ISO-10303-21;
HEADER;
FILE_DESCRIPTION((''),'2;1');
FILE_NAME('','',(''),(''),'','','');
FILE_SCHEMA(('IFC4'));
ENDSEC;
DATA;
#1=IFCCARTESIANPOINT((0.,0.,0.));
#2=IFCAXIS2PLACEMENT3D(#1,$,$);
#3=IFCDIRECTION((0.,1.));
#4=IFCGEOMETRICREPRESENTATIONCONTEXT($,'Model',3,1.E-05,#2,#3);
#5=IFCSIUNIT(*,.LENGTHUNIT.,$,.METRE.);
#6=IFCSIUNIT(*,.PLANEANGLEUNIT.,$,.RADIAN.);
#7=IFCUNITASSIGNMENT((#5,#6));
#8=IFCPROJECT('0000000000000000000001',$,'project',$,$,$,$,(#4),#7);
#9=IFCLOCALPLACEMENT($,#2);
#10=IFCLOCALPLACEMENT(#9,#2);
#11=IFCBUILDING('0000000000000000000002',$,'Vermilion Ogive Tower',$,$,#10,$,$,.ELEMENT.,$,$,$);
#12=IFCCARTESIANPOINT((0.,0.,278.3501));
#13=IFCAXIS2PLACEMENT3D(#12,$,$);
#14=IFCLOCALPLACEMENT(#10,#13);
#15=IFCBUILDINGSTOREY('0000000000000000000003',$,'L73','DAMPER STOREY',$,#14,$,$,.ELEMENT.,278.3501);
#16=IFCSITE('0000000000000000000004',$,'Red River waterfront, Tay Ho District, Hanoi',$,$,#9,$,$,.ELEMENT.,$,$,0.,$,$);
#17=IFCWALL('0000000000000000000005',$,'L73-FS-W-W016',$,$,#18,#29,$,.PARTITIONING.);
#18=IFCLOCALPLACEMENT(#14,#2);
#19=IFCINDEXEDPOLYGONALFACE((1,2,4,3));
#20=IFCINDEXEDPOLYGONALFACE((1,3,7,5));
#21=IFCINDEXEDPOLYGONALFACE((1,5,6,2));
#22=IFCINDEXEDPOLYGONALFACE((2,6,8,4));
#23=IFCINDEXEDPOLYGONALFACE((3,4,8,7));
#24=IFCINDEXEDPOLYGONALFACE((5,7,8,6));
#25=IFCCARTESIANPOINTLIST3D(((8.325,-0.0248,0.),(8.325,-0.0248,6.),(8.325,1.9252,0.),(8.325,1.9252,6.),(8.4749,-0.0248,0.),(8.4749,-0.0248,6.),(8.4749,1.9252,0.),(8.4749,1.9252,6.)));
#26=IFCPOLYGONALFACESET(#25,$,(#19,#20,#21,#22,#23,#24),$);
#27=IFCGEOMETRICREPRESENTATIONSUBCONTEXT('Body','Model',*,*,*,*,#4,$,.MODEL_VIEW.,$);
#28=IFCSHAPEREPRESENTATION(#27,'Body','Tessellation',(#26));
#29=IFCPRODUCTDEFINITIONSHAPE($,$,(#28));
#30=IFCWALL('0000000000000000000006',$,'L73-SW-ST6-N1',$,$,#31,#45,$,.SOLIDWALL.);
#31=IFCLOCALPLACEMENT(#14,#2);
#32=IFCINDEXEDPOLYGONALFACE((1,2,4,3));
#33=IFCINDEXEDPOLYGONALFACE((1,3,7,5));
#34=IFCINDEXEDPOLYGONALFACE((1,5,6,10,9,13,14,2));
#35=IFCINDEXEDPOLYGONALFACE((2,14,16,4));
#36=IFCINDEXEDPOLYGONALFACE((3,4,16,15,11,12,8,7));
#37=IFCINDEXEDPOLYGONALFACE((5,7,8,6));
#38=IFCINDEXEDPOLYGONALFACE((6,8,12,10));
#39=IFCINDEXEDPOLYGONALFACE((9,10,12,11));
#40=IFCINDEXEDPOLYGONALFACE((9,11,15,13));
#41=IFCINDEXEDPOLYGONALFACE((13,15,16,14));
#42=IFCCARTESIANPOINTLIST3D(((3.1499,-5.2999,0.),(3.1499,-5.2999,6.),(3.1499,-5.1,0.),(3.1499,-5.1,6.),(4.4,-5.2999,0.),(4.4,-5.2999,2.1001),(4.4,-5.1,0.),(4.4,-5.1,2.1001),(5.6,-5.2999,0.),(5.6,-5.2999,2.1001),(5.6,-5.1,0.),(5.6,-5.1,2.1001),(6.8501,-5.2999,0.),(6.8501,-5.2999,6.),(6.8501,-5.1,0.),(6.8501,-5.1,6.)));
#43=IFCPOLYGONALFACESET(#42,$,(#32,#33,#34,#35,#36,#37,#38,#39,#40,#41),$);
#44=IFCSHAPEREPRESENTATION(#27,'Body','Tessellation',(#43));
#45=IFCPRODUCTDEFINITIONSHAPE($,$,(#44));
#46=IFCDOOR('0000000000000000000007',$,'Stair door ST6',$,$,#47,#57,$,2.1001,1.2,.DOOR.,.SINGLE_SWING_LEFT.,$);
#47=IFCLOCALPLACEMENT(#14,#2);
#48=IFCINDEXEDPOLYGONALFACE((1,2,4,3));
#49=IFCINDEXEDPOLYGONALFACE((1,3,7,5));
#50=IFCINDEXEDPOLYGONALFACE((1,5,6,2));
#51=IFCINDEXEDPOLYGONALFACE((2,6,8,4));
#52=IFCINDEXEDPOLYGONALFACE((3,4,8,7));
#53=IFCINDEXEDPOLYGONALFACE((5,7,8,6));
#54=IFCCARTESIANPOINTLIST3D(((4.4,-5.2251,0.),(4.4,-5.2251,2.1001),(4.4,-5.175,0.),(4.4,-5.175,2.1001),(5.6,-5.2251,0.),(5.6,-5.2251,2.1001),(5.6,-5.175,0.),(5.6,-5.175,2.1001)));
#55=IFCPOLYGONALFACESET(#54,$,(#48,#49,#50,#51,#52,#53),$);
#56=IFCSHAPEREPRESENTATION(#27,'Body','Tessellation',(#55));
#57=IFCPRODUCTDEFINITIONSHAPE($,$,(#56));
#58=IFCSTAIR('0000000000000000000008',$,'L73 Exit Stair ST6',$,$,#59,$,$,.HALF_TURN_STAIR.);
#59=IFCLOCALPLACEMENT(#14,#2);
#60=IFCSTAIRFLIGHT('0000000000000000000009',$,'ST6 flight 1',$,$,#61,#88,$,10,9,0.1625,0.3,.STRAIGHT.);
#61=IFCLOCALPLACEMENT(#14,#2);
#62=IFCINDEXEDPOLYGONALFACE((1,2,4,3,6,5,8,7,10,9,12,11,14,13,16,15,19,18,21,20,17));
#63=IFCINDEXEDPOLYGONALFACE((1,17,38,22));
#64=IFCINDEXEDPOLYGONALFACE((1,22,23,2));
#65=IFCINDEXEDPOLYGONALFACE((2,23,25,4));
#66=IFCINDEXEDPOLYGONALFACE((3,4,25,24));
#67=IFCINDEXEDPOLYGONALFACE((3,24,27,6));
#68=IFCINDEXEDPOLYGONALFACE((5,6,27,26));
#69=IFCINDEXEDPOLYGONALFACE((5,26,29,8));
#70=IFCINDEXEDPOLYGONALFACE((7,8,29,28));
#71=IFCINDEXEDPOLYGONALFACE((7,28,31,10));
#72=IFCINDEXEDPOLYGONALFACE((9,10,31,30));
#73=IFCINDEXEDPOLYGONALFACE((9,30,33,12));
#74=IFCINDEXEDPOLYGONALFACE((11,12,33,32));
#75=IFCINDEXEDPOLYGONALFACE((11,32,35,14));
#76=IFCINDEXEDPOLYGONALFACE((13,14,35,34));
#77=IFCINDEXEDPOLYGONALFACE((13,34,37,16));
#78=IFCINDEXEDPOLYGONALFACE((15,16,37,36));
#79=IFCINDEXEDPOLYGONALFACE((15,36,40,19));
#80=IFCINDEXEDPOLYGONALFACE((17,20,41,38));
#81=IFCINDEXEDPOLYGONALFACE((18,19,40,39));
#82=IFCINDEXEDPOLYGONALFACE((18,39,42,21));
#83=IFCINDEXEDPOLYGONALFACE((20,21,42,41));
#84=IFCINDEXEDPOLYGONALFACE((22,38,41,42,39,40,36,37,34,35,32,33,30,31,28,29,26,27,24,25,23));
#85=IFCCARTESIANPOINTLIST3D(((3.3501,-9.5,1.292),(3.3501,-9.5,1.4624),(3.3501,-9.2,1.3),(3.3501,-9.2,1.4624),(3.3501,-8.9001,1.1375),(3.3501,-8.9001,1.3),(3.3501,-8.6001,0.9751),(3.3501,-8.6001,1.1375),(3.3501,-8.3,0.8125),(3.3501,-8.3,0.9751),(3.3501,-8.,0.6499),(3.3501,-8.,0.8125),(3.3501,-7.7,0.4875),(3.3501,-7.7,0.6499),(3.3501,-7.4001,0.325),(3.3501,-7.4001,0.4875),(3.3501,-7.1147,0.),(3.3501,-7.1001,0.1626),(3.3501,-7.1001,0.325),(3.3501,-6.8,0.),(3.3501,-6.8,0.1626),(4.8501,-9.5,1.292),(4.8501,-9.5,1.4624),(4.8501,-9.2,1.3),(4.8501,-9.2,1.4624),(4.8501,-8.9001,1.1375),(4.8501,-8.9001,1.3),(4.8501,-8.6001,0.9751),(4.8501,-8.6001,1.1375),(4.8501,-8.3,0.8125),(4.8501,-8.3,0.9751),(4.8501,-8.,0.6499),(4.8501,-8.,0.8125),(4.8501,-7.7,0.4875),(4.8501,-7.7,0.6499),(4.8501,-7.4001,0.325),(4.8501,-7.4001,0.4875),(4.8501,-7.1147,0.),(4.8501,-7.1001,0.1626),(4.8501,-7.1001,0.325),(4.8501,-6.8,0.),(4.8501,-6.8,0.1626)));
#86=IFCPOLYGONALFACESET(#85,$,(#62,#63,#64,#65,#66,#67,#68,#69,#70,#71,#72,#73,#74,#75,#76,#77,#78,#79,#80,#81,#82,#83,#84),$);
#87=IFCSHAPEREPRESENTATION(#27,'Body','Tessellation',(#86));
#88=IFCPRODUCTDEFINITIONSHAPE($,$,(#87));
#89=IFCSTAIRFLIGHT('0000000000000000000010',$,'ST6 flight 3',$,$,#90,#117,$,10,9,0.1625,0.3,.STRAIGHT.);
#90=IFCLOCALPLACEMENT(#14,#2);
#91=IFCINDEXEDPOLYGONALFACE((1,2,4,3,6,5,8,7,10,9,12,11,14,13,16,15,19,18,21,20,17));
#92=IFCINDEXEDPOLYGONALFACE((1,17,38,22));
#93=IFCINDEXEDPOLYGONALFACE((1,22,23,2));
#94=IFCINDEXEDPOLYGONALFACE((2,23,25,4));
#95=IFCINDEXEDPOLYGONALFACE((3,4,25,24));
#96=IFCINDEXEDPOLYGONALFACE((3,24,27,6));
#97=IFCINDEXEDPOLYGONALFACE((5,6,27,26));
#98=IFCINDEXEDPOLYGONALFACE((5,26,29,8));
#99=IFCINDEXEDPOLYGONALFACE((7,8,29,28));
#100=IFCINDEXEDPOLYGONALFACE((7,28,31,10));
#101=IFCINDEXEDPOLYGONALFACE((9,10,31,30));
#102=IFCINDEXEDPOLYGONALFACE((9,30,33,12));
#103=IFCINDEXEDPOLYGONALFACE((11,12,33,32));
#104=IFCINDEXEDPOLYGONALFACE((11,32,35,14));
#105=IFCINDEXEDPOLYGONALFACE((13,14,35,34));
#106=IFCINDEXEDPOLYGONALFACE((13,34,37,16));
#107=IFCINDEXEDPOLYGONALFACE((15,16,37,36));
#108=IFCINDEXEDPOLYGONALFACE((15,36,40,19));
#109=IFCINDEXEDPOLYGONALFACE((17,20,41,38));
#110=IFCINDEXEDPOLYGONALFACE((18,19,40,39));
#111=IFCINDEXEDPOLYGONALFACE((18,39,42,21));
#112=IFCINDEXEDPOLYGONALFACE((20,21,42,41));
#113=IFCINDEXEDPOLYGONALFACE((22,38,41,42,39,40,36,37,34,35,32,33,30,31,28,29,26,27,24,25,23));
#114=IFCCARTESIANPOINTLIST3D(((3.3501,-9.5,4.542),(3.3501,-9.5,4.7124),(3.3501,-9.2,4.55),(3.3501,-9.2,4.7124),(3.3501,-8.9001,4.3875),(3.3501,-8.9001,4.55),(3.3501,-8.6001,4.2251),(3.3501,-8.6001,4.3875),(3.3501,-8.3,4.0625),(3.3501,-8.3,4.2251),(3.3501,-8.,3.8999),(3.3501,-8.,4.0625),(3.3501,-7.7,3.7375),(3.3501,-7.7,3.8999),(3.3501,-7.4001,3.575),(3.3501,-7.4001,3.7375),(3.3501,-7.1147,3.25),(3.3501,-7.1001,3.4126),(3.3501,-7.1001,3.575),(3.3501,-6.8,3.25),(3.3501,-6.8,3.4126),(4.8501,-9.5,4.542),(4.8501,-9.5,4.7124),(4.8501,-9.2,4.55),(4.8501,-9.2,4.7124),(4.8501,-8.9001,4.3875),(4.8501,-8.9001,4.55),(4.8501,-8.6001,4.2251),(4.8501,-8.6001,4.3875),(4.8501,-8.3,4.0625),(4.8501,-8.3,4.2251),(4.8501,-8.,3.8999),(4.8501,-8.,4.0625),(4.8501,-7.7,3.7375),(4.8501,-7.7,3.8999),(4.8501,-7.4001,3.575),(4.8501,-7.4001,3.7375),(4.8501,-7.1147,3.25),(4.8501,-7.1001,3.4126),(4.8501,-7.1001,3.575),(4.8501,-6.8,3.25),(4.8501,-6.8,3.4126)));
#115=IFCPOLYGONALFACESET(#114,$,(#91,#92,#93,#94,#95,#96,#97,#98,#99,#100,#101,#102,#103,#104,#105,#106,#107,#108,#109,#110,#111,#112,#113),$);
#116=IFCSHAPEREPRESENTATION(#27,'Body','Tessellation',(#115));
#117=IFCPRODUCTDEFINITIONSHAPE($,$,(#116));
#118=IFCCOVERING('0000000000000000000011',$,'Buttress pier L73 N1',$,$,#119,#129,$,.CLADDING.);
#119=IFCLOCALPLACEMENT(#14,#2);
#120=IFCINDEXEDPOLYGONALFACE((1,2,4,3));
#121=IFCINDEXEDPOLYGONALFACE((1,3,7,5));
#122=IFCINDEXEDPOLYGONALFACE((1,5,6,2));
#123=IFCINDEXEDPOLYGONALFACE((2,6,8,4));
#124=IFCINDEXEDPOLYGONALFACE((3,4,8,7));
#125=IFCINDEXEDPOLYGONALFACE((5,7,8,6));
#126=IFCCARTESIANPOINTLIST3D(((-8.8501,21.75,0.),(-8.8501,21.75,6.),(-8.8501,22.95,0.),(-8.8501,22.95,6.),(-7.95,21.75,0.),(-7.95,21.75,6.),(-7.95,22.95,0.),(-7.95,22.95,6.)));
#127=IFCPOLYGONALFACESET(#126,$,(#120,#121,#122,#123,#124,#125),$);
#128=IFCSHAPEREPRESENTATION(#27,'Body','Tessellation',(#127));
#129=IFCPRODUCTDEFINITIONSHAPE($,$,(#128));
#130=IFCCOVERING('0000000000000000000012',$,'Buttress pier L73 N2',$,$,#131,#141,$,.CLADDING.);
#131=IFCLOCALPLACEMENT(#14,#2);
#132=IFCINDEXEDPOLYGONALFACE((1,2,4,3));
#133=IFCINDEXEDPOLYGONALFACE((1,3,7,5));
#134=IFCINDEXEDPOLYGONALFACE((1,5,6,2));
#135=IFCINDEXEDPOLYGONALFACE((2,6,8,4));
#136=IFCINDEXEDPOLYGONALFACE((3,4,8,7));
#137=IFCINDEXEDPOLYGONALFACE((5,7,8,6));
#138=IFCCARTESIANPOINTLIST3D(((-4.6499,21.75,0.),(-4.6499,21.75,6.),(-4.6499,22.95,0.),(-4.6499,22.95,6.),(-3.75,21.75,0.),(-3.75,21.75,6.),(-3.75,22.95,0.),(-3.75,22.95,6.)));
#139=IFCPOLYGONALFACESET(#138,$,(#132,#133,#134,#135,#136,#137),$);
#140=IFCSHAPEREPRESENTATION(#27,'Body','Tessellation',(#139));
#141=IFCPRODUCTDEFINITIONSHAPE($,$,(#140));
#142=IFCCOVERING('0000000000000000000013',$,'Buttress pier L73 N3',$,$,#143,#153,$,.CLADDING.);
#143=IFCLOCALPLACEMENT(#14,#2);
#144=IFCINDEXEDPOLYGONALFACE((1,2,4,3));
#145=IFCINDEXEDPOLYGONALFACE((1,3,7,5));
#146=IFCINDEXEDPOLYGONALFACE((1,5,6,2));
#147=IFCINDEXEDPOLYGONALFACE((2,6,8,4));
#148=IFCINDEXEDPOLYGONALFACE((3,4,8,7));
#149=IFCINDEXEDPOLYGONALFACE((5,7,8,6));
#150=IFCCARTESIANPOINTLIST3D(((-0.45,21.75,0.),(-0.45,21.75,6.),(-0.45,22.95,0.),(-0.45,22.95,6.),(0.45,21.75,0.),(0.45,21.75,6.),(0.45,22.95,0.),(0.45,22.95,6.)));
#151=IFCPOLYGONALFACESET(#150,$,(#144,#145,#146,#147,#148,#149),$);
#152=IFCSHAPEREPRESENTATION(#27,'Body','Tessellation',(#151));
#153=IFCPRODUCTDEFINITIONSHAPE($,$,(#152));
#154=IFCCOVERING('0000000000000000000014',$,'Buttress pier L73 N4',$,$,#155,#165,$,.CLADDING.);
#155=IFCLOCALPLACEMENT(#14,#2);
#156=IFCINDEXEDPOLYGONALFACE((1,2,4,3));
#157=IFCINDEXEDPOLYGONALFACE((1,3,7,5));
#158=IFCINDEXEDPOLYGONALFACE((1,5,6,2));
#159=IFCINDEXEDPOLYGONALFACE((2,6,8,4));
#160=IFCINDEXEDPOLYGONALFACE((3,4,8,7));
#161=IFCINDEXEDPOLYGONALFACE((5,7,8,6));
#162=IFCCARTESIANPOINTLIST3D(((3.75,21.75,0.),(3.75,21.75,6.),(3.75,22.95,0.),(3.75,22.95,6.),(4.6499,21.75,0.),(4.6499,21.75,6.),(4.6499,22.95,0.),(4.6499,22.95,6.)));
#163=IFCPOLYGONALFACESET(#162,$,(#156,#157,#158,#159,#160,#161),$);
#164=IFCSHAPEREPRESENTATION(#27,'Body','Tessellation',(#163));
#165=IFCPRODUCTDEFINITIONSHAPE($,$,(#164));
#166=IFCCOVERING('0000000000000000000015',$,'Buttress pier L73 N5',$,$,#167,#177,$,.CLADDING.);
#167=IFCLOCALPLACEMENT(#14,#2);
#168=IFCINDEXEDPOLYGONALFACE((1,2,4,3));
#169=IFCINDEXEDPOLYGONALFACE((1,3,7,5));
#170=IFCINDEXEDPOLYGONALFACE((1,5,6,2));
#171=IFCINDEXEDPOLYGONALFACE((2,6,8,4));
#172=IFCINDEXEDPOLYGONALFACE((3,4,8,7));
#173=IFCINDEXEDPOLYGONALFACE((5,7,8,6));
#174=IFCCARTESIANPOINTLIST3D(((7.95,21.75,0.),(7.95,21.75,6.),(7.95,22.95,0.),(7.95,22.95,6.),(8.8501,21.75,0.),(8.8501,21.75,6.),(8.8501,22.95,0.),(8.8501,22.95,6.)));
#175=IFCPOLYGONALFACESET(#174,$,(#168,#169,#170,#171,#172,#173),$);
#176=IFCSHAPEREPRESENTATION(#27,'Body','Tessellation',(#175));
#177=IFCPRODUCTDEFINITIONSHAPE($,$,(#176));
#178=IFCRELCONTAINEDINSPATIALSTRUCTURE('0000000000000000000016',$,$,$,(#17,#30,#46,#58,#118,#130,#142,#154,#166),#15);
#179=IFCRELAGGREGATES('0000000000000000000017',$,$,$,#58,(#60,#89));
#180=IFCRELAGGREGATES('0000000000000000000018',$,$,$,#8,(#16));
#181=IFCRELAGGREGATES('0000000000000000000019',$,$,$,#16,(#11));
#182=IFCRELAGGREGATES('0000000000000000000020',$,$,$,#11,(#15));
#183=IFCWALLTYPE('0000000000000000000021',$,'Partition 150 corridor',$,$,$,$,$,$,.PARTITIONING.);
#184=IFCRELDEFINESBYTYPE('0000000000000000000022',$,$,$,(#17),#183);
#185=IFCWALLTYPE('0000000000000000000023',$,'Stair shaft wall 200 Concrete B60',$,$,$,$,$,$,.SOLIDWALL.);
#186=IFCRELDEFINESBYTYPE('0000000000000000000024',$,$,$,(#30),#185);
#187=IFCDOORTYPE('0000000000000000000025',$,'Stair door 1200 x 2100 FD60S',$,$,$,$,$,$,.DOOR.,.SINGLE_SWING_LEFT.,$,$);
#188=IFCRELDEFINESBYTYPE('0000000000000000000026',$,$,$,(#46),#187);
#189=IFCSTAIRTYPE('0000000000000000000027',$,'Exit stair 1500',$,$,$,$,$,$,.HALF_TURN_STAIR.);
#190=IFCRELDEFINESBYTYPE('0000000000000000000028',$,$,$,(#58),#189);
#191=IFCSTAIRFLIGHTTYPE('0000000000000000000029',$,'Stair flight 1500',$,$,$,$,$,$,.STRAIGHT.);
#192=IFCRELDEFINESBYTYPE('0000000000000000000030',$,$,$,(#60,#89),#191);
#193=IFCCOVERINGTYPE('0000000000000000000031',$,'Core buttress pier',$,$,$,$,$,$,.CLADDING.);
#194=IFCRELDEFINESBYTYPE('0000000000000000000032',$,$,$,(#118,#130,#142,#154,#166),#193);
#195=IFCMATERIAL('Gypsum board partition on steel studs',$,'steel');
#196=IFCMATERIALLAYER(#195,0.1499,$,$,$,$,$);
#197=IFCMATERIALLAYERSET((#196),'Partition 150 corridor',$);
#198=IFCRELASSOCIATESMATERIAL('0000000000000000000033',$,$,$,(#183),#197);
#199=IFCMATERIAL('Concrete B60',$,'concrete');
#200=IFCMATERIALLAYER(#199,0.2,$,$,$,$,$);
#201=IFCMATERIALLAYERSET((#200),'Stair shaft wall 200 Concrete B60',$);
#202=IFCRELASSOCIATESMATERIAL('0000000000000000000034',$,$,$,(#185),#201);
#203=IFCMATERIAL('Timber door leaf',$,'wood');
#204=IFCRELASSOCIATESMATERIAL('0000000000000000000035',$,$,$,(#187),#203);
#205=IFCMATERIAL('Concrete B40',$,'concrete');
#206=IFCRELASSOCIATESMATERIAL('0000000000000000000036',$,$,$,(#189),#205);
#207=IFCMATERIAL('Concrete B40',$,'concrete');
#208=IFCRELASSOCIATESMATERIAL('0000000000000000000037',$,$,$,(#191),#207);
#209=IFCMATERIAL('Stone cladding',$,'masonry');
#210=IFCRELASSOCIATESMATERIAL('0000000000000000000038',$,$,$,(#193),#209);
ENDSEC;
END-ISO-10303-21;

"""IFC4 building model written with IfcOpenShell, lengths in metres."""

from ifc_helpers import new_model, si_unit, direction, frame, frame_2d, origin, place, context, subcontext, project, spatial, polyline, rectangle, outline, extrude, material, layer, layer_set, type_object, element, fill, aggregate, save


model = new_model("IFC4")

# Units and contexts
model_context = context("Model", 3, precision=1e-05, world=origin(), true_north=direction((0.0, 1.0)))
body_context = subcontext(model_context, "Body", "Model", "MODEL_VIEW")
ifc_project = project(units=[si_unit("LENGTHUNIT", "METRE"), si_unit("PLANEANGLEUNIT", "RADIAN")], contexts=[model_context])

# Site, building, storey
site_placement = place(None, origin())
site = spatial("IfcSite", under=ifc_project, at=site_placement, Name="Red River waterfront, Tay Ho District, Hanoi", CompositionType="ELEMENT", RefElevation=0.0)
building_placement = place(site_placement, origin())
building = spatial("IfcBuilding", under=site, at=building_placement, Name="Vermilion Ogive Tower", CompositionType="ELEMENT")
storey_placement = place(building_placement, frame((0.0, 0.0, 278.3501)))
storey = spatial("IfcBuildingStorey", under=building, at=storey_placement, Name="L73", Description="DAMPER STOREY", CompositionType="ELEMENT", Elevation=278.3501)

# Wall
ifc_material_1 = material(Name="Gypsum board partition on steel studs", Category="steel")
ifc_layer_1 = layer(ifc_material_1, 0.1499)
ifc_layer_set_1 = layer_set([ifc_layer_1], Name="Partition 150 corridor")
wall_type_1 = type_object("IfcWallType", Name="Partition 150 corridor", PredefinedType="PARTITIONING", material=ifc_layer_set_1)
wall_1_placement = place(storey_placement, frame((8.3999, -0.0249, 0.0), z_axis=(0.0, 0.0, 1.0), x_axis=(0.0, 1.0, 0.0)))
element("IfcWall", 1, at=wall_1_placement, inside=storey, type_object=wall_type_1, Name="L73-FS-W-W016", PredefinedType="PARTITIONING", context=body_context, shape_type="SweptSolid", body=[
    extrude(rectangle(XDim=1.95, YDim=0.1499, at=frame_2d((0.9751, 0.0))), origin(), (0.0, 0.0, 1.0), 6.0),
])

# Wall, opening, door
ifc_material_2 = material(Name="Concrete B60", Category="concrete")
ifc_layer_2 = layer(ifc_material_2, 0.2)
ifc_layer_set_2 = layer_set([ifc_layer_2], Name="Stair shaft wall 200 Concrete B60")
wall_type_2 = type_object("IfcWallType", Name="Stair shaft wall 200 Concrete B60", PredefinedType="SOLIDWALL", material=ifc_layer_set_2)
wall_2_placement = place(storey_placement, frame((3.1499, -5.2, 0.0), z_axis=(0.0, 0.0, 1.0), x_axis=(1.0, 0.0, 0.0)))
wall_2 = element("IfcWall", 2, at=wall_2_placement, inside=storey, type_object=wall_type_2, Name="L73-SW-ST6-N1", PredefinedType="SOLIDWALL", context=body_context, shape_type="SweptSolid", body=[
    extrude(rectangle(XDim=3.7002, YDim=0.2, at=frame_2d((1.8501, 0.0))), origin(), (0.0, 0.0, 1.0), 6.0),
])
opening_placement = place(wall_2_placement, frame((1.25, 0.0, 0.0)))
opening = element("IfcOpeningElement", 3, at=opening_placement, cuts=wall_2, PredefinedType="OPENING", context=body_context, shape_type="SweptSolid", body=[
    extrude(rectangle(XDim=1.2, YDim=2.1001, at=frame_2d((0.6001, 1.05))), frame((0.0, 0.1099, 0.0), z_axis=(0.0, -1.0, 0.0), x_axis=(1.0, 0.0, 0.0)), (0.0, 0.0, 1.0), 0.22),
])
ifc_material_3 = material(Name="Timber door leaf", Category="wood")
door_type = type_object("IfcDoorType", Name="Stair door 1200 x 2100 FD60S", OperationType="SINGLE_SWING_LEFT", PredefinedType="DOOR", material=ifc_material_3)
door_placement = place(opening_placement, origin())
door = element("IfcDoor", 4, at=door_placement, inside=storey, type_object=door_type, Name="Stair door ST6", OperationType="SINGLE_SWING_LEFT", OverallHeight=2.1001, OverallWidth=1.2, PredefinedType="DOOR", context=body_context, shape_type="SweptSolid", body=[
    extrude(rectangle(XDim=1.2, YDim=2.1001, at=frame_2d((0.6001, 1.05))), frame((0.0, 0.0249, 0.0), z_axis=(0.0, -1.0, 0.0), x_axis=(1.0, 0.0, 0.0)), (0.0, 0.0, 1.0), 0.05),
])
fill(opening, door)

# Stair, stair flights
ifc_material_4 = material(Name="Concrete B40", Category="concrete")
stair_type = type_object("IfcStairType", Name="Exit stair 1500", PredefinedType="HALF_TURN_STAIR", material=ifc_material_4)
stair_placement = place(storey_placement, origin())
stair = element("IfcStair", 5, at=stair_placement, inside=storey, type_object=stair_type, Name="L73 Exit Stair ST6", PredefinedType="HALF_TURN_STAIR")
ifc_material_5 = material(Name="Concrete B40", Category="concrete")
stair_flight_type = type_object("IfcStairFlightType", Name="Stair flight 1500", PredefinedType="STRAIGHT", material=ifc_material_5)
stair_flight_1_placement = place(storey_placement, frame((4.1001, -6.8, 0.0), z_axis=(0.0, 0.0, 1.0), x_axis=(0.0, -1.0, 0.0)))
stair_flight_1 = element("IfcStairFlight", 6, at=stair_flight_1_placement, type_object=stair_flight_type, Name="ST6 flight 1", NumberOfRisers=10, NumberOfTreads=9, PredefinedType="STRAIGHT", RiserHeight=0.1625, TreadLength=0.3, context=body_context, shape_type="SweptSolid", body=[
    extrude(outline(polyline([(0.0, 0.0), (0.0, 0.1626), (0.3, 0.1626), (0.3, 0.325), (0.6001, 0.325), (0.6001, 0.4875), (0.8999, 0.4875), (0.8999, 0.6499), (1.2, 0.6499), (1.2, 0.8125), (1.5, 0.8125), (1.5, 0.9751), (1.8, 0.9751), (1.8, 1.1375), (2.1001, 1.1375), (2.1001, 1.3), (2.3999, 1.3), (2.3999, 1.4624), (2.7, 1.4624), (2.7, 1.625), (2.7, 1.292), (0.3147, 0.0), (0.0, 0.0)])), frame((0.0, 0.75, 0.0), z_axis=(0.0, -1.0, 0.0), x_axis=(1.0, 0.0, 0.0)), (0.0, 0.0, 1.0), 1.5),
])
stair_flight_2_placement = place(storey_placement, frame((4.1001, -6.8, 3.25), z_axis=(0.0, 0.0, 1.0), x_axis=(0.0, -1.0, 0.0)))
stair_flight_2 = element("IfcStairFlight", 7, at=stair_flight_2_placement, type_object=stair_flight_type, Name="ST6 flight 3", NumberOfRisers=10, NumberOfTreads=9, PredefinedType="STRAIGHT", RiserHeight=0.1625, TreadLength=0.3, context=body_context, shape_type="SweptSolid", body=[
    extrude(outline(polyline([(0.0, 0.0), (0.0, 0.1626), (0.3, 0.1626), (0.3, 0.325), (0.6001, 0.325), (0.6001, 0.4875), (0.8999, 0.4875), (0.8999, 0.6499), (1.2, 0.6499), (1.2, 0.8125), (1.5, 0.8125), (1.5, 0.9751), (1.8, 0.9751), (1.8, 1.1375), (2.1001, 1.1375), (2.1001, 1.3), (2.3999, 1.3), (2.3999, 1.4624), (2.7, 1.4624), (2.7, 1.625), (2.7, 1.292), (0.3147, 0.0), (0.0, 0.0)])), frame((0.0, 0.75, 0.0), z_axis=(0.0, -1.0, 0.0), x_axis=(1.0, 0.0, 0.0)), (0.0, 0.0, 1.0), 1.5),
])
aggregate(stair, [stair_flight_1, stair_flight_2])

# Coverings
ifc_material_6 = material(Name="Stone cladding", Category="masonry")
covering_type_1 = type_object("IfcCoveringType", Name="Core buttress pier", PredefinedType="CLADDING", material=ifc_material_6)
covering_1_placement = place(storey_placement, origin())
element("IfcCovering", 8, at=covering_1_placement, inside=storey, type_object=covering_type_1, Name="Buttress pier L73 N1", PredefinedType="CLADDING", context=body_context, shape_type="SweptSolid", body=[
    extrude(outline(polyline([(-8.8501, 21.75), (-7.95, 21.75), (-7.95, 22.95), (-8.8501, 22.95), (-8.8501, 21.75)])), origin(), (0.0, 0.0, 1.0), 6.0),
])
covering_2_placement = place(storey_placement, origin())
element("IfcCovering", 9, at=covering_2_placement, inside=storey, type_object=covering_type_1, Name="Buttress pier L73 N2", PredefinedType="CLADDING", context=body_context, shape_type="SweptSolid", body=[
    extrude(outline(polyline([(-4.6499, 21.75), (-3.75, 21.75), (-3.75, 22.95), (-4.6499, 22.95), (-4.6499, 21.75)])), origin(), (0.0, 0.0, 1.0), 6.0),
])
covering_3_placement = place(storey_placement, origin())
element("IfcCovering", 10, at=covering_3_placement, inside=storey, type_object=covering_type_1, Name="Buttress pier L73 N3", PredefinedType="CLADDING", context=body_context, shape_type="SweptSolid", body=[
    extrude(outline(polyline([(-0.45, 21.75), (0.45, 21.75), (0.45, 22.95), (-0.45, 22.95), (-0.45, 21.75)])), origin(), (0.0, 0.0, 1.0), 6.0),
])
covering_4_placement = place(storey_placement, origin())
element("IfcCovering", 11, at=covering_4_placement, inside=storey, type_object=covering_type_1, Name="Buttress pier L73 N4", PredefinedType="CLADDING", context=body_context, shape_type="SweptSolid", body=[
    extrude(outline(polyline([(3.75, 21.75), (4.6499, 21.75), (4.6499, 22.95), (3.75, 22.95), (3.75, 21.75)])), origin(), (0.0, 0.0, 1.0), 6.0),
])
covering_5_placement = place(storey_placement, origin())
element("IfcCovering", 12, at=covering_5_placement, inside=storey, type_object=covering_type_1, Name="Buttress pier L73 N5", PredefinedType="CLADDING", context=body_context, shape_type="SweptSolid", body=[
    extrude(outline(polyline([(7.95, 21.75), (8.8501, 21.75), (8.8501, 22.95), (7.95, 22.95), (7.95, 21.75)])), origin(), (0.0, 0.0, 1.0), 6.0),
])

save(model, "model.ifc")
